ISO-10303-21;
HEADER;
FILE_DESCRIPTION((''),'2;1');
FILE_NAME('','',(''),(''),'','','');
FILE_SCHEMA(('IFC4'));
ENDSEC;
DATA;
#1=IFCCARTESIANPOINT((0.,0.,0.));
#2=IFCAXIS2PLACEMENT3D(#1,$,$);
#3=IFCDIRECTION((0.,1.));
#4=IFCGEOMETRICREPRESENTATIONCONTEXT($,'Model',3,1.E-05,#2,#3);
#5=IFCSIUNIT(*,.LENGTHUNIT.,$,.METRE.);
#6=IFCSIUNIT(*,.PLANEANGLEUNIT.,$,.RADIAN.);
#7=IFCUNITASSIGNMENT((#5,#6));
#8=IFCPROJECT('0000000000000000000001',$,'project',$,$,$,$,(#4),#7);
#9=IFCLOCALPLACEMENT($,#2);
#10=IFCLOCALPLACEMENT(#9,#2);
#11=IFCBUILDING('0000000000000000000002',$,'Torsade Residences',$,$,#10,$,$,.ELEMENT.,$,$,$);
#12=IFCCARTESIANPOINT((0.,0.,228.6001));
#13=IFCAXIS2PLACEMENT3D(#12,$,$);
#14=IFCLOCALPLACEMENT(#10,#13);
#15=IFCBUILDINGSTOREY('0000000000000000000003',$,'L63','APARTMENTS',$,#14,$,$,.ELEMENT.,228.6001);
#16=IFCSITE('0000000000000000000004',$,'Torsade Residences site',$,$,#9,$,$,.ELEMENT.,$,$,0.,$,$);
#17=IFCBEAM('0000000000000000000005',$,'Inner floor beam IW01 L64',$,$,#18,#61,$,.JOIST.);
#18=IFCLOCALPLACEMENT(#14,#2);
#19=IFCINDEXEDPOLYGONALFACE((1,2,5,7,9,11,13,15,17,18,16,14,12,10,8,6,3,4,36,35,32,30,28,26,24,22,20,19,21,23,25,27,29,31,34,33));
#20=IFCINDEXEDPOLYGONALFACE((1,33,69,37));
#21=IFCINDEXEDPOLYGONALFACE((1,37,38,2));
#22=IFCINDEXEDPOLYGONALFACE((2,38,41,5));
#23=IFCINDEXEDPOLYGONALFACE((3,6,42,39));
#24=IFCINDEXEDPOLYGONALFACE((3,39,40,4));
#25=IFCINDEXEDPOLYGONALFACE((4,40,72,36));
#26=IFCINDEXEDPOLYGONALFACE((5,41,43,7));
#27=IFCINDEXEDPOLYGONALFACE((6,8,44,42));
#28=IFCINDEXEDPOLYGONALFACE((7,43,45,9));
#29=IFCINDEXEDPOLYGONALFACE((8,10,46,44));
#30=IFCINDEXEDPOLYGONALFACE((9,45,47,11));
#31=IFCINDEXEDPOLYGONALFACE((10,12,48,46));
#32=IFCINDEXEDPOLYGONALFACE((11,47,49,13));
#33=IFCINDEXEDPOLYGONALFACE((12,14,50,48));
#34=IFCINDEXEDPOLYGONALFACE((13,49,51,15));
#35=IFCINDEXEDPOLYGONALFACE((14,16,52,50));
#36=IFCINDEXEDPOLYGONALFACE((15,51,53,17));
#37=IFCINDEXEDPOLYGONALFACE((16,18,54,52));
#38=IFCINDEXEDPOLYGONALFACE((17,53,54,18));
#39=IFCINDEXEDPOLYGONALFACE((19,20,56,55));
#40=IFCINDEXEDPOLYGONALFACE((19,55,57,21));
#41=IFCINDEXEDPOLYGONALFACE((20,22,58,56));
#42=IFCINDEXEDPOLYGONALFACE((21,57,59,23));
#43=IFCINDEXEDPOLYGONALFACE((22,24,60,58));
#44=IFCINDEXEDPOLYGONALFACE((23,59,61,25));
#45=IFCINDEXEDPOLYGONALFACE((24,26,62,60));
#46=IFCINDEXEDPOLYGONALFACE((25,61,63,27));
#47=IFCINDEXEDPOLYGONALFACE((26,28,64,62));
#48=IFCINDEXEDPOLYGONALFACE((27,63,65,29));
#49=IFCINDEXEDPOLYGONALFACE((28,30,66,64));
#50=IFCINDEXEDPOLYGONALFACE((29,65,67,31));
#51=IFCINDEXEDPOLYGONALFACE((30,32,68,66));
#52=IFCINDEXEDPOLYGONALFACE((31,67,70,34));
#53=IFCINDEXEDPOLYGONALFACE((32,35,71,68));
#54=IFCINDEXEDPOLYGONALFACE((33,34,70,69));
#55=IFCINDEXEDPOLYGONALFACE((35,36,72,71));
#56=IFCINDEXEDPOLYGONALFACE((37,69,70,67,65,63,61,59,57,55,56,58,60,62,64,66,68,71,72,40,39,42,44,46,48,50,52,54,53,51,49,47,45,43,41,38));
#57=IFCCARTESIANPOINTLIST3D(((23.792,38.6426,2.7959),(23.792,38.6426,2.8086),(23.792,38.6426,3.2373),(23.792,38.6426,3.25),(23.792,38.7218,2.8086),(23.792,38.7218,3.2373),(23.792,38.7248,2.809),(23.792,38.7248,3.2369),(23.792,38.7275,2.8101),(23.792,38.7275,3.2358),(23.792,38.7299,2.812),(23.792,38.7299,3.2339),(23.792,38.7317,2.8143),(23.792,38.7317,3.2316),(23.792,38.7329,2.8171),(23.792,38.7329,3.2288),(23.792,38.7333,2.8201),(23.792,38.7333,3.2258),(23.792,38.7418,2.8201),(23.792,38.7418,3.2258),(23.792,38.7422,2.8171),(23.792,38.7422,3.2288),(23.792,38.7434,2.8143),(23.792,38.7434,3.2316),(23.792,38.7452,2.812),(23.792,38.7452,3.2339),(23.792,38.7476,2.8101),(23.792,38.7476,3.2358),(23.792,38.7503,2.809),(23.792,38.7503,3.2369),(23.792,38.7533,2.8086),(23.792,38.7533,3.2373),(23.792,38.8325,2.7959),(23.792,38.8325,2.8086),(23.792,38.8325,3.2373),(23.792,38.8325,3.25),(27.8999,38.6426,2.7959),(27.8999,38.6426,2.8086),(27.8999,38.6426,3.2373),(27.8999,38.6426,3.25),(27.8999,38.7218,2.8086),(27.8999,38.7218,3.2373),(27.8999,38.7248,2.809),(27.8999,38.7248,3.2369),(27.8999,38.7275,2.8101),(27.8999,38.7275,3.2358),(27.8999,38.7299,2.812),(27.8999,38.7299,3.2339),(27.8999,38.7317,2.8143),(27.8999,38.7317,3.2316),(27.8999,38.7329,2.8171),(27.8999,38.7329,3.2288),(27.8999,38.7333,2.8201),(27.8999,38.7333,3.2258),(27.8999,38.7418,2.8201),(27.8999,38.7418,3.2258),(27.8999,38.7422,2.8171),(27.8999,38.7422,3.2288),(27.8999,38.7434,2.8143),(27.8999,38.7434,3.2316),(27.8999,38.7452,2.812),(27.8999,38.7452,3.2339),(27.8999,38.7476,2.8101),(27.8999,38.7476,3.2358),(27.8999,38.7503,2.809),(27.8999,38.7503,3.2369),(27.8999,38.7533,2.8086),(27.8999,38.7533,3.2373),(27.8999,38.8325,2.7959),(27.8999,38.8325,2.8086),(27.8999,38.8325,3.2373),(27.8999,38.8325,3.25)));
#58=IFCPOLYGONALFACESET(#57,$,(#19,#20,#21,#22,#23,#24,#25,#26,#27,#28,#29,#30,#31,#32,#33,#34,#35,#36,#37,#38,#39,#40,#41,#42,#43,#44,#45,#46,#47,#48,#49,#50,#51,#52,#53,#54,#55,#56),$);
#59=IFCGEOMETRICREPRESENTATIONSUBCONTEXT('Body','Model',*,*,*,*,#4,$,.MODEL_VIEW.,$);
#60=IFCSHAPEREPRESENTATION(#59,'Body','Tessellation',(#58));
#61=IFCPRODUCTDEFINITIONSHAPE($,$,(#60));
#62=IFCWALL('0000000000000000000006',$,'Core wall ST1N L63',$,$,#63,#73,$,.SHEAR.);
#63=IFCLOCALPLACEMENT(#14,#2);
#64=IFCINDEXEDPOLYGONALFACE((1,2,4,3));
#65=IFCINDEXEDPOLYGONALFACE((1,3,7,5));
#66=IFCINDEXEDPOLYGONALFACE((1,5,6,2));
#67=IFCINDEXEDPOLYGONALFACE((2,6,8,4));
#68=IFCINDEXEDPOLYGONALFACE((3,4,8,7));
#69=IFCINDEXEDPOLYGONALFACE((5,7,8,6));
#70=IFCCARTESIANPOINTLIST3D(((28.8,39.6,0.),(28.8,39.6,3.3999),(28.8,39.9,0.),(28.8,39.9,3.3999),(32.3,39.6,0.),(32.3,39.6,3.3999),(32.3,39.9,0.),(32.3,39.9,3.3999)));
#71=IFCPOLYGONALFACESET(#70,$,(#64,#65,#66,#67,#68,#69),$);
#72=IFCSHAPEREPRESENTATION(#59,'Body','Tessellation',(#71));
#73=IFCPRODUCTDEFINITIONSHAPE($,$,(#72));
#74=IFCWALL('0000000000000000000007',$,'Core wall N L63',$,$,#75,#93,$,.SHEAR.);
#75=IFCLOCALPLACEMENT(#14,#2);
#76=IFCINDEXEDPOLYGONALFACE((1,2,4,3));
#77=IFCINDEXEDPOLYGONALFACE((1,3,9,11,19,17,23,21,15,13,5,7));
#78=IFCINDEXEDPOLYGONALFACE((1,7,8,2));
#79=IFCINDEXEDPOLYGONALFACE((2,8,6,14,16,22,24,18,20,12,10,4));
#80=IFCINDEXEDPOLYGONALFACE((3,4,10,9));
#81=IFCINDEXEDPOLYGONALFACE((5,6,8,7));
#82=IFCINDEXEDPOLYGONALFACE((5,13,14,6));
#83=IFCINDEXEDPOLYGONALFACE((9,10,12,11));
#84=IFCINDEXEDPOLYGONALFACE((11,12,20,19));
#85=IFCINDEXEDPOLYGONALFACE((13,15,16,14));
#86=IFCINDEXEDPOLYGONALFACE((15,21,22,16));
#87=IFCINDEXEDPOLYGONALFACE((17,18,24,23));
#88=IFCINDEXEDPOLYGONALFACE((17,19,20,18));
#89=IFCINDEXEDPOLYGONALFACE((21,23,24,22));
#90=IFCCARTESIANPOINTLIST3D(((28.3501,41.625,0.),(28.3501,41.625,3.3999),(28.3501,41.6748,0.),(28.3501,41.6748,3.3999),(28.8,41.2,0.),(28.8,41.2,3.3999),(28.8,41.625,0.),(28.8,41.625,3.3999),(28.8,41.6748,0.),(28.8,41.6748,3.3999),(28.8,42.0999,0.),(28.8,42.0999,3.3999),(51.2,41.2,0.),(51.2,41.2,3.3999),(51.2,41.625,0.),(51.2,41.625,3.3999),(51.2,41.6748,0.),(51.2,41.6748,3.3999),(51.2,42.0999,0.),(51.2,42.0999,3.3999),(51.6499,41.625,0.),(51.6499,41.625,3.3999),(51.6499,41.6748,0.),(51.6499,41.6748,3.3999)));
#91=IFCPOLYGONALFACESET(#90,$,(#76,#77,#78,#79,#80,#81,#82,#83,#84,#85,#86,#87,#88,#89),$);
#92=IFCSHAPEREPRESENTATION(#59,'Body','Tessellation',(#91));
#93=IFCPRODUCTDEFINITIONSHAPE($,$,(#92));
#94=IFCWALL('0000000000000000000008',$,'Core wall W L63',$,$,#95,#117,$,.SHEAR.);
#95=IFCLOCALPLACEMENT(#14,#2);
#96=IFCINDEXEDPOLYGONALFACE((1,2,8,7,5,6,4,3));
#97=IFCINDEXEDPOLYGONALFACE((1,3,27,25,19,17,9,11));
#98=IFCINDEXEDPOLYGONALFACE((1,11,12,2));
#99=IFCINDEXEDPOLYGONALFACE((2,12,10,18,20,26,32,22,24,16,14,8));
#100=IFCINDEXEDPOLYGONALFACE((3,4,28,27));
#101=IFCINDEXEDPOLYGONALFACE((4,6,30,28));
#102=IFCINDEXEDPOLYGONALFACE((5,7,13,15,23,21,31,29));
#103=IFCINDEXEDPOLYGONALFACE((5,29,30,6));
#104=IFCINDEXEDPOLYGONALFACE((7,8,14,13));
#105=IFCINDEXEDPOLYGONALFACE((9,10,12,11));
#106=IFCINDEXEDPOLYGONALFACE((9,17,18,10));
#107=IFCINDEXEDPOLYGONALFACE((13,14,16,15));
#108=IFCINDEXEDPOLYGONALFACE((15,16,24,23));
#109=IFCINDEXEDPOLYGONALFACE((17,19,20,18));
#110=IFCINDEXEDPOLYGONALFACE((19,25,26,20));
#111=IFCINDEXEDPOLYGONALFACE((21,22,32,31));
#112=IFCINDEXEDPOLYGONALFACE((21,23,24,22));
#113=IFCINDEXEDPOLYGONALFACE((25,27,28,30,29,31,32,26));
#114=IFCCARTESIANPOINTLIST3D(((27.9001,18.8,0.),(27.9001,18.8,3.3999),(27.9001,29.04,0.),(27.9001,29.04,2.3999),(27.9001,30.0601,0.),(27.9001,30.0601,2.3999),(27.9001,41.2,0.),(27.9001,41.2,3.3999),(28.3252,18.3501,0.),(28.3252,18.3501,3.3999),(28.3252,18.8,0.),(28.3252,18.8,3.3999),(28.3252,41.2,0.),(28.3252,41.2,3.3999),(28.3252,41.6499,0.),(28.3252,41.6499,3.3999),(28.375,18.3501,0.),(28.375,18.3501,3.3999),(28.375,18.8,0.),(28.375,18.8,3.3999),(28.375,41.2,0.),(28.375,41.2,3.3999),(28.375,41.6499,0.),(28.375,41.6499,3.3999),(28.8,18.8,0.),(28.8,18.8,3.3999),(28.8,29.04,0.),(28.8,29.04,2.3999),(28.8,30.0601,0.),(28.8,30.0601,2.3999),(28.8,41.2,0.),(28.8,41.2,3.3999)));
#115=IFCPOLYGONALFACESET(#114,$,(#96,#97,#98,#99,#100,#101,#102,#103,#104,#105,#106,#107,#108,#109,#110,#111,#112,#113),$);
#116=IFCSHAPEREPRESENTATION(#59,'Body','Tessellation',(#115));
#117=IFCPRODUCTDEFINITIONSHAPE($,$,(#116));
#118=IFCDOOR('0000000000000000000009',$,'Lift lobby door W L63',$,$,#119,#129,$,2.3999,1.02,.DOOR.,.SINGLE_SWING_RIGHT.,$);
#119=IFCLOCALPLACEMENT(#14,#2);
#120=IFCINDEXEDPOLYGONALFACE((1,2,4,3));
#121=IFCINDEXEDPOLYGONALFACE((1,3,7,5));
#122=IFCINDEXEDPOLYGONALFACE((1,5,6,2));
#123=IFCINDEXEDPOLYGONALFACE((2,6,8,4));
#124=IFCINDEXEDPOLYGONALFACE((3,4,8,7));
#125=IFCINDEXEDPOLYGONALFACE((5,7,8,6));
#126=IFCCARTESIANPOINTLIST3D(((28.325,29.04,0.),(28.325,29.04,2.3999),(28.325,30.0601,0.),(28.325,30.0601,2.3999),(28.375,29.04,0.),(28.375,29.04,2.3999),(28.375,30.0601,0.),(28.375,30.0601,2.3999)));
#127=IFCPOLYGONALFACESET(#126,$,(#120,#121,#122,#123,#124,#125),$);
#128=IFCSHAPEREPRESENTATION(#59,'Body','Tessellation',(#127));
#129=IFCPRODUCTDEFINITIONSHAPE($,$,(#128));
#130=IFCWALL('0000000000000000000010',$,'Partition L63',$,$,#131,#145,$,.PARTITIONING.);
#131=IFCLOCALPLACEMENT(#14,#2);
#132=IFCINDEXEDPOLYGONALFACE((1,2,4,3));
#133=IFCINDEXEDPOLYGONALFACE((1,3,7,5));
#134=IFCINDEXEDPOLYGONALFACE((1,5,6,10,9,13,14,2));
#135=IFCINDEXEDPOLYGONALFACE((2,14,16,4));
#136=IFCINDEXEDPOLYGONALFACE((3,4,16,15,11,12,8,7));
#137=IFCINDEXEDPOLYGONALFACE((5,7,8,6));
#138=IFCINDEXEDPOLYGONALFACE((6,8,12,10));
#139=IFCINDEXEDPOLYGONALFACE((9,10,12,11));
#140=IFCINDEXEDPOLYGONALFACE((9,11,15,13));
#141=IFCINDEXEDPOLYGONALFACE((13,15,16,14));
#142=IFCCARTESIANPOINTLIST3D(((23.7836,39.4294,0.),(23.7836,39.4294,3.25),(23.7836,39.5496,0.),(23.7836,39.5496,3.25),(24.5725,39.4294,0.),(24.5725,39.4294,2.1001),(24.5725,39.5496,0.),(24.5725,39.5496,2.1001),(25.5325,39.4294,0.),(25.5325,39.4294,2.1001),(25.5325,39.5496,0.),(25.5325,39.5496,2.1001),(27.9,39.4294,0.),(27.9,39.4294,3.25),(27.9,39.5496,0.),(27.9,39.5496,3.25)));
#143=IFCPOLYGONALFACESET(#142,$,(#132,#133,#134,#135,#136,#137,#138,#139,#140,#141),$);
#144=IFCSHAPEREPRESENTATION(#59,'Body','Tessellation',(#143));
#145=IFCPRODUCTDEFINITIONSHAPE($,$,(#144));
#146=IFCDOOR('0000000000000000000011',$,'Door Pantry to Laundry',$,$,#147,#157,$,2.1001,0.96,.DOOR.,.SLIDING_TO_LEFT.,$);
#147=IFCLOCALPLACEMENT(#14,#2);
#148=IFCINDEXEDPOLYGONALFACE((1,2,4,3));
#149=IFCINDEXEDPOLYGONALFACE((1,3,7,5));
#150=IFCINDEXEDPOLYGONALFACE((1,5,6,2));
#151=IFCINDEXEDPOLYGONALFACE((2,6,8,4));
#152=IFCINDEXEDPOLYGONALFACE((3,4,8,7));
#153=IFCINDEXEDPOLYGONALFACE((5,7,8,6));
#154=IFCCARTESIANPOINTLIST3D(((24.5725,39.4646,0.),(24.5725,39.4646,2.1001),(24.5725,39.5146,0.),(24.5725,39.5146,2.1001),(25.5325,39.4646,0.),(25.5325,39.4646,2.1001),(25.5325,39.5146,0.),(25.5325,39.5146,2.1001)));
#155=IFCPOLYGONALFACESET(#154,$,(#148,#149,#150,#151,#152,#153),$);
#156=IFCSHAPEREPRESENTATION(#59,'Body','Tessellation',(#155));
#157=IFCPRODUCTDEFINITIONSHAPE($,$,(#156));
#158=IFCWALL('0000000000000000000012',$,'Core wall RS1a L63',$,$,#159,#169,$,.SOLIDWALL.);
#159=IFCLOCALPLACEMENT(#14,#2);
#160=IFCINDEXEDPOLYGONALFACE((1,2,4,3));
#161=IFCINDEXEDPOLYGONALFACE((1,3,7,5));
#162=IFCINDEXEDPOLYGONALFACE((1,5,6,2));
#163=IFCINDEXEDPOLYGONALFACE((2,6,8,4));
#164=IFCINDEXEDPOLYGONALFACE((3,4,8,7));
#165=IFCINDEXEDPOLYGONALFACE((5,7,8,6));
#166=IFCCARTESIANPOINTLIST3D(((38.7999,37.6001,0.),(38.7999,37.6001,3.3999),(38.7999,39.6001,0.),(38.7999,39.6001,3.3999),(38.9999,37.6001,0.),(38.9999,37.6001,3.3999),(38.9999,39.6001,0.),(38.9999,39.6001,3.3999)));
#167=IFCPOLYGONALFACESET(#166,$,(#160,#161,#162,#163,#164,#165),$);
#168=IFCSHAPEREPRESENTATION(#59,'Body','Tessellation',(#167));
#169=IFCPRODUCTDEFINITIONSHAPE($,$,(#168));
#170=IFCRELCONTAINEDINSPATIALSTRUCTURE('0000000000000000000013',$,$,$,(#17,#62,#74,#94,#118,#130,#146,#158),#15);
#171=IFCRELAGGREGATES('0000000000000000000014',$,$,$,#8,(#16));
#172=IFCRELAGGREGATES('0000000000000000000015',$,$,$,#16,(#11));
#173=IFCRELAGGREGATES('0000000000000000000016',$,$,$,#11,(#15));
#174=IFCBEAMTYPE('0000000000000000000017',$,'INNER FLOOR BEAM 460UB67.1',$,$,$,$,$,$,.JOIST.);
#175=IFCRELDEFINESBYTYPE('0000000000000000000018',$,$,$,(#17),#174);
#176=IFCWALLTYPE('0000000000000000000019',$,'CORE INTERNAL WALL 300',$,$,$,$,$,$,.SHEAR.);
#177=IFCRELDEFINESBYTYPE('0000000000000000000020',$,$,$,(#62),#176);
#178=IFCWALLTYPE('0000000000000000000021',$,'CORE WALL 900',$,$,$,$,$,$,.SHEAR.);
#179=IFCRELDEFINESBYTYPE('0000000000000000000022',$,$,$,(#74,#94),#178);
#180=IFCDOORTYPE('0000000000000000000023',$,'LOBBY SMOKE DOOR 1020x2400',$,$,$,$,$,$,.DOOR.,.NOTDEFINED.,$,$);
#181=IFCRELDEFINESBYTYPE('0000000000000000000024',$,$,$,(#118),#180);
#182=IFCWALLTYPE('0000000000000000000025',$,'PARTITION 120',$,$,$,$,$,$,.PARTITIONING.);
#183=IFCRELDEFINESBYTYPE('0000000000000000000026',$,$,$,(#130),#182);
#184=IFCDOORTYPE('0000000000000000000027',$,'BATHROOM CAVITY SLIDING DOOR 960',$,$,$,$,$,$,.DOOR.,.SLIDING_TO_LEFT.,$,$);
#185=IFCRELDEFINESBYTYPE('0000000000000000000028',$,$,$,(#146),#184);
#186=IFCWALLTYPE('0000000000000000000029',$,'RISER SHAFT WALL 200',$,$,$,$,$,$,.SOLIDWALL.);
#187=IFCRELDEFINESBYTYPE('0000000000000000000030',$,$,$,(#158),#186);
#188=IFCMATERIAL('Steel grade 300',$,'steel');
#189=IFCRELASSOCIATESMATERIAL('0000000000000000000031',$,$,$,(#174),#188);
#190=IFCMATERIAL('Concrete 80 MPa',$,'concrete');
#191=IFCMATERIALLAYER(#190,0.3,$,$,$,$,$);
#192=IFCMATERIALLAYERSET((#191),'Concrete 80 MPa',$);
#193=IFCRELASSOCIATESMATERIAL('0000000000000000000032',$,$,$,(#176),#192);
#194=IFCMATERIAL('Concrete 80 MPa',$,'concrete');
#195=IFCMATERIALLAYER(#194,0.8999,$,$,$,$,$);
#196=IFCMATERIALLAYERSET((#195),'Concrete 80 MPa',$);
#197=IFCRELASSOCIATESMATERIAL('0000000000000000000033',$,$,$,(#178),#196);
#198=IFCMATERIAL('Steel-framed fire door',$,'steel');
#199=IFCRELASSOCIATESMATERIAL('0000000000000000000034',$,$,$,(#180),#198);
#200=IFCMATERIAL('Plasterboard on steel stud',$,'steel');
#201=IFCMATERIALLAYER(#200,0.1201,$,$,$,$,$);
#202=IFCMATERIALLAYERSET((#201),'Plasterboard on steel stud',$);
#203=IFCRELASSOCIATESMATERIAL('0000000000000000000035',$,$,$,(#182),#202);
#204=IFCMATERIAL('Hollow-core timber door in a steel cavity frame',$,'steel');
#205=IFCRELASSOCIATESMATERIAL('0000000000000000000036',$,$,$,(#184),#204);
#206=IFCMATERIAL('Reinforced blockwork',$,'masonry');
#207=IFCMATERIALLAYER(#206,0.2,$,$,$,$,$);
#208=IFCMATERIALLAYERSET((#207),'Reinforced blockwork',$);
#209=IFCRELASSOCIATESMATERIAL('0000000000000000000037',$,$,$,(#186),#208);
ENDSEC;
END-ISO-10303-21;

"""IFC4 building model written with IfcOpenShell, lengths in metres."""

from ifc_helpers import new_model, si_unit, direction, frame, frame_2d, origin, origin_2d, place, context, subcontext, project, spatial, polyline, rectangle, i_section, outline, extrude, material, layer, layer_set, material_profile, profile_set, type_object, element, fill, save


model = new_model("IFC4")

# Units and contexts
model_context = context("Model", 3, precision=1e-05, world=origin(), true_north=direction((0.0, 1.0)))
body_context = subcontext(model_context, "Body", "Model", "MODEL_VIEW")
ifc_project = project(units=[si_unit("LENGTHUNIT", "METRE"), si_unit("PLANEANGLEUNIT", "RADIAN")], contexts=[model_context])

# Site, building, storey
site_placement = place(None, origin())
site = spatial("IfcSite", under=ifc_project, at=site_placement, Name="Torsade Residences site", CompositionType="ELEMENT", RefElevation=0.0)
building_placement = place(site_placement, origin())
building = spatial("IfcBuilding", under=site, at=building_placement, Name="Torsade Residences", CompositionType="ELEMENT")
storey_placement = place(building_placement, frame((0.0, 0.0, 228.6001)))
storey = spatial("IfcBuildingStorey", under=building, at=storey_placement, Name="L63", Description="APARTMENTS", CompositionType="ELEMENT", Elevation=228.6001)

# Beam
ifc_material_1 = material(Name="Steel grade 300", Category="steel")
ifc_material_profile_1 = material_profile(ifc_material_1, i_section(OverallWidth=0.1899, OverallDepth=0.4541, WebThickness=0.0085, FlangeThickness=0.0127, FilletRadius=0.0115, at=origin_2d()), Name="460UB67.1")
ifc_profile_set_1 = profile_set([ifc_material_profile_1], Name="Steel grade 300")
beam_type = type_object("IfcBeamType", Name="INNER FLOOR BEAM 460UB67.1", PredefinedType="JOIST", material=ifc_profile_set_1)
beam_1_placement = place(storey_placement, frame((27.8999, 38.7375, 3.0229), z_axis=(-1.0, 0.0, 0.0), x_axis=(0.0, -1.0, 0.0)))
element("IfcBeam", 1, at=beam_1_placement, inside=storey, type_object=beam_type, Name="Inner floor beam IW01 L64", PredefinedType="JOIST", context=body_context, shape_type="SweptSolid", body=[
    extrude(i_section(OverallWidth=0.1899, OverallDepth=0.4541, WebThickness=0.0085, FlangeThickness=0.0127, FilletRadius=0.0115, at=origin_2d()), origin(), (0.0, 0.0, 1.0), 4.1079),
])

# Walls
ifc_material_2 = material(Name="Concrete 80 MPa", Category="concrete")
ifc_layer_1 = layer(ifc_material_2, 0.3)
ifc_layer_set_1 = layer_set([ifc_layer_1], Name="Concrete 80 MPa")
wall_type_1 = type_object("IfcWallType", Name="CORE INTERNAL WALL 300", PredefinedType="SHEAR", material=ifc_layer_set_1)
wall_1_placement = place(storey_placement, frame((28.8, 39.75, 0.0), z_axis=(0.0, 0.0, 1.0), x_axis=(1.0, 0.0, 0.0)))
element("IfcWall", 2, at=wall_1_placement, inside=storey, type_object=wall_type_1, Name="Core wall ST1N L63", PredefinedType="SHEAR", context=body_context, shape_type="SweptSolid", body=[
    extrude(rectangle(XDim=3.5, YDim=0.3, at=frame_2d((1.75, 0.0))), origin(), (0.0, 0.0, 1.0), 3.3999),
])
ifc_material_3 = material(Name="Concrete 80 MPa", Category="concrete")
ifc_layer_2 = layer(ifc_material_3, 0.8999)
ifc_layer_set_2 = layer_set([ifc_layer_2], Name="Concrete 80 MPa")
wall_type_2 = type_object("IfcWallType", Name="CORE WALL 900", PredefinedType="SHEAR", material=ifc_layer_set_2)
wall_2_placement = place(storey_placement, frame((28.8, 41.6499, 0.0), z_axis=(0.0, 0.0, 1.0), x_axis=(1.0, 0.0, 0.0)))
element("IfcWall", 3, at=wall_2_placement, inside=storey, type_object=wall_type_2, Name="Core wall N L63", PredefinedType="SHEAR", context=body_context, shape_type="SweptSolid", body=[
    extrude(outline(polyline([(0.0, -0.45), (22.3999, -0.45), (22.3999, -0.0249), (22.8499, -0.0249), (22.8499, 0.0249), (22.3999, 0.0249), (22.3999, 0.45), (0.0, 0.45), (0.0, 0.0249), (-0.45, 0.0249), (-0.45, -0.0249), (0.0, -0.0249), (0.0, -0.45)])), origin(), (0.0, 0.0, 1.0), 3.3999),
])

# Walls, openings, doors
wall_3_placement = place(storey_placement, frame((28.3501, 41.2, 0.0), z_axis=(0.0, 0.0, 1.0), x_axis=(0.0, -1.0, 0.0)))
wall_3 = element("IfcWall", 4, at=wall_3_placement, inside=storey, type_object=wall_type_2, Name="Core wall W L63", PredefinedType="SHEAR", context=body_context, shape_type="SweptSolid", body=[
    extrude(outline(polyline([(0.0, -0.45), (22.3999, -0.45), (22.3999, -0.0249), (22.8499, -0.0249), (22.8499, 0.0249), (22.3999, 0.0249), (22.3999, 0.45), (0.0, 0.45), (0.0, 0.0249), (-0.45, 0.0249), (-0.45, -0.0249), (0.0, -0.0249), (0.0, -0.45)])), origin(), (0.0, 0.0, 1.0), 3.3999),
])
opening_1_placement = place(wall_3_placement, frame((11.1399, 0.0, 0.0)))
opening_1 = element("IfcOpeningElement", 5, at=opening_1_placement, cuts=wall_3, PredefinedType="OPENING", context=body_context, shape_type="SweptSolid", body=[
    extrude(rectangle(XDim=1.02, YDim=2.3999, at=frame_2d((0.51, 1.2))), frame((0.0, 0.46, 0.0), z_axis=(0.0, -1.0, 0.0), x_axis=(1.0, 0.0, 0.0)), (0.0, 0.0, 1.0), 0.9199),
])
ifc_material_4 = material(Name="Steel-framed fire door", Category="steel")
door_type_1 = type_object("IfcDoorType", Name="LOBBY SMOKE DOOR 1020x2400", OperationType="NOTDEFINED", PredefinedType="DOOR", material=ifc_material_4)
door_1_placement = place(opening_1_placement, origin())
door_1 = element("IfcDoor", 6, at=door_1_placement, inside=storey, type_object=door_type_1, Name="Lift lobby door W L63", OperationType="SINGLE_SWING_RIGHT", OverallHeight=2.3999, OverallWidth=1.02, PredefinedType="DOOR", context=body_context, shape_type="SweptSolid", body=[
    extrude(rectangle(XDim=1.02, YDim=2.3999, at=frame_2d((0.51, 1.2))), frame((0.0, 0.0249, 0.0), z_axis=(0.0, -1.0, 0.0), x_axis=(1.0, 0.0, 0.0)), (0.0, 0.0, 1.0), 0.05),
])
fill(opening_1, door_1)
ifc_material_5 = material(Name="Plasterboard on steel stud", Category="steel")
ifc_layer_3 = layer(ifc_material_5, 0.1201)
ifc_layer_set_3 = layer_set([ifc_layer_3], Name="Plasterboard on steel stud")
wall_type_3 = type_object("IfcWallType", Name="PARTITION 120", PredefinedType="PARTITIONING", material=ifc_layer_set_3)
wall_4_placement = place(storey_placement, frame((27.8999, 39.4895, 0.0), z_axis=(0.0, 0.0, 1.0), x_axis=(-1.0, 0.0, 0.0)))
wall_4 = element("IfcWall", 7, at=wall_4_placement, inside=storey, type_object=wall_type_3, Name="Partition L63", PredefinedType="PARTITIONING", context=body_context, shape_type="SweptSolid", body=[
    extrude(rectangle(XDim=4.1165, YDim=0.1201, at=frame_2d((2.0581, 0.0))), origin(), (0.0, 0.0, 1.0), 3.25),
])
opening_2_placement = place(wall_4_placement, frame((2.3674, 0.0, 0.0)))
opening_2 = element("IfcOpeningElement", 8, at=opening_2_placement, cuts=wall_4, PredefinedType="OPENING", context=body_context, shape_type="SweptSolid", body=[
    extrude(rectangle(XDim=0.96, YDim=2.1001, at=frame_2d((0.48, 1.05))), frame((0.0, 0.0701, 0.0), z_axis=(0.0, -1.0, 0.0), x_axis=(1.0, 0.0, 0.0)), (0.0, 0.0, 1.0), 0.1401),
])
ifc_material_6 = material(Name="Hollow-core timber door in a steel cavity frame", Category="steel")
door_type_2 = type_object("IfcDoorType", Name="BATHROOM CAVITY SLIDING DOOR 960", OperationType="SLIDING_TO_LEFT", PredefinedType="DOOR", material=ifc_material_6)
door_2_placement = place(opening_2_placement, origin())
door_2 = element("IfcDoor", 9, at=door_2_placement, inside=storey, type_object=door_type_2, Name="Door Pantry to Laundry", OperationType="SLIDING_TO_LEFT", OverallHeight=2.1001, OverallWidth=0.96, PredefinedType="DOOR", context=body_context, shape_type="SweptSolid", body=[
    extrude(rectangle(XDim=0.96, YDim=2.1001, at=frame_2d((0.48, 1.05))), frame((0.0, 0.0249, 0.0), z_axis=(0.0, -1.0, 0.0), x_axis=(1.0, 0.0, 0.0)), (0.0, 0.0, 1.0), 0.05),
])
fill(opening_2, door_2)

# Wall
ifc_material_7 = material(Name="Reinforced blockwork", Category="masonry")
ifc_layer_4 = layer(ifc_material_7, 0.2)
ifc_layer_set_4 = layer_set([ifc_layer_4], Name="Reinforced blockwork")
wall_type_4 = type_object("IfcWallType", Name="RISER SHAFT WALL 200", PredefinedType="SOLIDWALL", material=ifc_layer_set_4)
wall_5_placement = place(storey_placement, frame((38.8999, 37.6001, 0.0), z_axis=(0.0, 0.0, 1.0), x_axis=(0.0, 1.0, 0.0)))
element("IfcWall", 10, at=wall_5_placement, inside=storey, type_object=wall_type_4, Name="Core wall RS1a L63", PredefinedType="SOLIDWALL", context=body_context, shape_type="SweptSolid", body=[
    extrude(rectangle(XDim=2.0, YDim=0.2, at=frame_2d((1.0, 0.0))), origin(), (0.0, 0.0, 1.0), 3.3999),
])

save(model, "model.ifc")
